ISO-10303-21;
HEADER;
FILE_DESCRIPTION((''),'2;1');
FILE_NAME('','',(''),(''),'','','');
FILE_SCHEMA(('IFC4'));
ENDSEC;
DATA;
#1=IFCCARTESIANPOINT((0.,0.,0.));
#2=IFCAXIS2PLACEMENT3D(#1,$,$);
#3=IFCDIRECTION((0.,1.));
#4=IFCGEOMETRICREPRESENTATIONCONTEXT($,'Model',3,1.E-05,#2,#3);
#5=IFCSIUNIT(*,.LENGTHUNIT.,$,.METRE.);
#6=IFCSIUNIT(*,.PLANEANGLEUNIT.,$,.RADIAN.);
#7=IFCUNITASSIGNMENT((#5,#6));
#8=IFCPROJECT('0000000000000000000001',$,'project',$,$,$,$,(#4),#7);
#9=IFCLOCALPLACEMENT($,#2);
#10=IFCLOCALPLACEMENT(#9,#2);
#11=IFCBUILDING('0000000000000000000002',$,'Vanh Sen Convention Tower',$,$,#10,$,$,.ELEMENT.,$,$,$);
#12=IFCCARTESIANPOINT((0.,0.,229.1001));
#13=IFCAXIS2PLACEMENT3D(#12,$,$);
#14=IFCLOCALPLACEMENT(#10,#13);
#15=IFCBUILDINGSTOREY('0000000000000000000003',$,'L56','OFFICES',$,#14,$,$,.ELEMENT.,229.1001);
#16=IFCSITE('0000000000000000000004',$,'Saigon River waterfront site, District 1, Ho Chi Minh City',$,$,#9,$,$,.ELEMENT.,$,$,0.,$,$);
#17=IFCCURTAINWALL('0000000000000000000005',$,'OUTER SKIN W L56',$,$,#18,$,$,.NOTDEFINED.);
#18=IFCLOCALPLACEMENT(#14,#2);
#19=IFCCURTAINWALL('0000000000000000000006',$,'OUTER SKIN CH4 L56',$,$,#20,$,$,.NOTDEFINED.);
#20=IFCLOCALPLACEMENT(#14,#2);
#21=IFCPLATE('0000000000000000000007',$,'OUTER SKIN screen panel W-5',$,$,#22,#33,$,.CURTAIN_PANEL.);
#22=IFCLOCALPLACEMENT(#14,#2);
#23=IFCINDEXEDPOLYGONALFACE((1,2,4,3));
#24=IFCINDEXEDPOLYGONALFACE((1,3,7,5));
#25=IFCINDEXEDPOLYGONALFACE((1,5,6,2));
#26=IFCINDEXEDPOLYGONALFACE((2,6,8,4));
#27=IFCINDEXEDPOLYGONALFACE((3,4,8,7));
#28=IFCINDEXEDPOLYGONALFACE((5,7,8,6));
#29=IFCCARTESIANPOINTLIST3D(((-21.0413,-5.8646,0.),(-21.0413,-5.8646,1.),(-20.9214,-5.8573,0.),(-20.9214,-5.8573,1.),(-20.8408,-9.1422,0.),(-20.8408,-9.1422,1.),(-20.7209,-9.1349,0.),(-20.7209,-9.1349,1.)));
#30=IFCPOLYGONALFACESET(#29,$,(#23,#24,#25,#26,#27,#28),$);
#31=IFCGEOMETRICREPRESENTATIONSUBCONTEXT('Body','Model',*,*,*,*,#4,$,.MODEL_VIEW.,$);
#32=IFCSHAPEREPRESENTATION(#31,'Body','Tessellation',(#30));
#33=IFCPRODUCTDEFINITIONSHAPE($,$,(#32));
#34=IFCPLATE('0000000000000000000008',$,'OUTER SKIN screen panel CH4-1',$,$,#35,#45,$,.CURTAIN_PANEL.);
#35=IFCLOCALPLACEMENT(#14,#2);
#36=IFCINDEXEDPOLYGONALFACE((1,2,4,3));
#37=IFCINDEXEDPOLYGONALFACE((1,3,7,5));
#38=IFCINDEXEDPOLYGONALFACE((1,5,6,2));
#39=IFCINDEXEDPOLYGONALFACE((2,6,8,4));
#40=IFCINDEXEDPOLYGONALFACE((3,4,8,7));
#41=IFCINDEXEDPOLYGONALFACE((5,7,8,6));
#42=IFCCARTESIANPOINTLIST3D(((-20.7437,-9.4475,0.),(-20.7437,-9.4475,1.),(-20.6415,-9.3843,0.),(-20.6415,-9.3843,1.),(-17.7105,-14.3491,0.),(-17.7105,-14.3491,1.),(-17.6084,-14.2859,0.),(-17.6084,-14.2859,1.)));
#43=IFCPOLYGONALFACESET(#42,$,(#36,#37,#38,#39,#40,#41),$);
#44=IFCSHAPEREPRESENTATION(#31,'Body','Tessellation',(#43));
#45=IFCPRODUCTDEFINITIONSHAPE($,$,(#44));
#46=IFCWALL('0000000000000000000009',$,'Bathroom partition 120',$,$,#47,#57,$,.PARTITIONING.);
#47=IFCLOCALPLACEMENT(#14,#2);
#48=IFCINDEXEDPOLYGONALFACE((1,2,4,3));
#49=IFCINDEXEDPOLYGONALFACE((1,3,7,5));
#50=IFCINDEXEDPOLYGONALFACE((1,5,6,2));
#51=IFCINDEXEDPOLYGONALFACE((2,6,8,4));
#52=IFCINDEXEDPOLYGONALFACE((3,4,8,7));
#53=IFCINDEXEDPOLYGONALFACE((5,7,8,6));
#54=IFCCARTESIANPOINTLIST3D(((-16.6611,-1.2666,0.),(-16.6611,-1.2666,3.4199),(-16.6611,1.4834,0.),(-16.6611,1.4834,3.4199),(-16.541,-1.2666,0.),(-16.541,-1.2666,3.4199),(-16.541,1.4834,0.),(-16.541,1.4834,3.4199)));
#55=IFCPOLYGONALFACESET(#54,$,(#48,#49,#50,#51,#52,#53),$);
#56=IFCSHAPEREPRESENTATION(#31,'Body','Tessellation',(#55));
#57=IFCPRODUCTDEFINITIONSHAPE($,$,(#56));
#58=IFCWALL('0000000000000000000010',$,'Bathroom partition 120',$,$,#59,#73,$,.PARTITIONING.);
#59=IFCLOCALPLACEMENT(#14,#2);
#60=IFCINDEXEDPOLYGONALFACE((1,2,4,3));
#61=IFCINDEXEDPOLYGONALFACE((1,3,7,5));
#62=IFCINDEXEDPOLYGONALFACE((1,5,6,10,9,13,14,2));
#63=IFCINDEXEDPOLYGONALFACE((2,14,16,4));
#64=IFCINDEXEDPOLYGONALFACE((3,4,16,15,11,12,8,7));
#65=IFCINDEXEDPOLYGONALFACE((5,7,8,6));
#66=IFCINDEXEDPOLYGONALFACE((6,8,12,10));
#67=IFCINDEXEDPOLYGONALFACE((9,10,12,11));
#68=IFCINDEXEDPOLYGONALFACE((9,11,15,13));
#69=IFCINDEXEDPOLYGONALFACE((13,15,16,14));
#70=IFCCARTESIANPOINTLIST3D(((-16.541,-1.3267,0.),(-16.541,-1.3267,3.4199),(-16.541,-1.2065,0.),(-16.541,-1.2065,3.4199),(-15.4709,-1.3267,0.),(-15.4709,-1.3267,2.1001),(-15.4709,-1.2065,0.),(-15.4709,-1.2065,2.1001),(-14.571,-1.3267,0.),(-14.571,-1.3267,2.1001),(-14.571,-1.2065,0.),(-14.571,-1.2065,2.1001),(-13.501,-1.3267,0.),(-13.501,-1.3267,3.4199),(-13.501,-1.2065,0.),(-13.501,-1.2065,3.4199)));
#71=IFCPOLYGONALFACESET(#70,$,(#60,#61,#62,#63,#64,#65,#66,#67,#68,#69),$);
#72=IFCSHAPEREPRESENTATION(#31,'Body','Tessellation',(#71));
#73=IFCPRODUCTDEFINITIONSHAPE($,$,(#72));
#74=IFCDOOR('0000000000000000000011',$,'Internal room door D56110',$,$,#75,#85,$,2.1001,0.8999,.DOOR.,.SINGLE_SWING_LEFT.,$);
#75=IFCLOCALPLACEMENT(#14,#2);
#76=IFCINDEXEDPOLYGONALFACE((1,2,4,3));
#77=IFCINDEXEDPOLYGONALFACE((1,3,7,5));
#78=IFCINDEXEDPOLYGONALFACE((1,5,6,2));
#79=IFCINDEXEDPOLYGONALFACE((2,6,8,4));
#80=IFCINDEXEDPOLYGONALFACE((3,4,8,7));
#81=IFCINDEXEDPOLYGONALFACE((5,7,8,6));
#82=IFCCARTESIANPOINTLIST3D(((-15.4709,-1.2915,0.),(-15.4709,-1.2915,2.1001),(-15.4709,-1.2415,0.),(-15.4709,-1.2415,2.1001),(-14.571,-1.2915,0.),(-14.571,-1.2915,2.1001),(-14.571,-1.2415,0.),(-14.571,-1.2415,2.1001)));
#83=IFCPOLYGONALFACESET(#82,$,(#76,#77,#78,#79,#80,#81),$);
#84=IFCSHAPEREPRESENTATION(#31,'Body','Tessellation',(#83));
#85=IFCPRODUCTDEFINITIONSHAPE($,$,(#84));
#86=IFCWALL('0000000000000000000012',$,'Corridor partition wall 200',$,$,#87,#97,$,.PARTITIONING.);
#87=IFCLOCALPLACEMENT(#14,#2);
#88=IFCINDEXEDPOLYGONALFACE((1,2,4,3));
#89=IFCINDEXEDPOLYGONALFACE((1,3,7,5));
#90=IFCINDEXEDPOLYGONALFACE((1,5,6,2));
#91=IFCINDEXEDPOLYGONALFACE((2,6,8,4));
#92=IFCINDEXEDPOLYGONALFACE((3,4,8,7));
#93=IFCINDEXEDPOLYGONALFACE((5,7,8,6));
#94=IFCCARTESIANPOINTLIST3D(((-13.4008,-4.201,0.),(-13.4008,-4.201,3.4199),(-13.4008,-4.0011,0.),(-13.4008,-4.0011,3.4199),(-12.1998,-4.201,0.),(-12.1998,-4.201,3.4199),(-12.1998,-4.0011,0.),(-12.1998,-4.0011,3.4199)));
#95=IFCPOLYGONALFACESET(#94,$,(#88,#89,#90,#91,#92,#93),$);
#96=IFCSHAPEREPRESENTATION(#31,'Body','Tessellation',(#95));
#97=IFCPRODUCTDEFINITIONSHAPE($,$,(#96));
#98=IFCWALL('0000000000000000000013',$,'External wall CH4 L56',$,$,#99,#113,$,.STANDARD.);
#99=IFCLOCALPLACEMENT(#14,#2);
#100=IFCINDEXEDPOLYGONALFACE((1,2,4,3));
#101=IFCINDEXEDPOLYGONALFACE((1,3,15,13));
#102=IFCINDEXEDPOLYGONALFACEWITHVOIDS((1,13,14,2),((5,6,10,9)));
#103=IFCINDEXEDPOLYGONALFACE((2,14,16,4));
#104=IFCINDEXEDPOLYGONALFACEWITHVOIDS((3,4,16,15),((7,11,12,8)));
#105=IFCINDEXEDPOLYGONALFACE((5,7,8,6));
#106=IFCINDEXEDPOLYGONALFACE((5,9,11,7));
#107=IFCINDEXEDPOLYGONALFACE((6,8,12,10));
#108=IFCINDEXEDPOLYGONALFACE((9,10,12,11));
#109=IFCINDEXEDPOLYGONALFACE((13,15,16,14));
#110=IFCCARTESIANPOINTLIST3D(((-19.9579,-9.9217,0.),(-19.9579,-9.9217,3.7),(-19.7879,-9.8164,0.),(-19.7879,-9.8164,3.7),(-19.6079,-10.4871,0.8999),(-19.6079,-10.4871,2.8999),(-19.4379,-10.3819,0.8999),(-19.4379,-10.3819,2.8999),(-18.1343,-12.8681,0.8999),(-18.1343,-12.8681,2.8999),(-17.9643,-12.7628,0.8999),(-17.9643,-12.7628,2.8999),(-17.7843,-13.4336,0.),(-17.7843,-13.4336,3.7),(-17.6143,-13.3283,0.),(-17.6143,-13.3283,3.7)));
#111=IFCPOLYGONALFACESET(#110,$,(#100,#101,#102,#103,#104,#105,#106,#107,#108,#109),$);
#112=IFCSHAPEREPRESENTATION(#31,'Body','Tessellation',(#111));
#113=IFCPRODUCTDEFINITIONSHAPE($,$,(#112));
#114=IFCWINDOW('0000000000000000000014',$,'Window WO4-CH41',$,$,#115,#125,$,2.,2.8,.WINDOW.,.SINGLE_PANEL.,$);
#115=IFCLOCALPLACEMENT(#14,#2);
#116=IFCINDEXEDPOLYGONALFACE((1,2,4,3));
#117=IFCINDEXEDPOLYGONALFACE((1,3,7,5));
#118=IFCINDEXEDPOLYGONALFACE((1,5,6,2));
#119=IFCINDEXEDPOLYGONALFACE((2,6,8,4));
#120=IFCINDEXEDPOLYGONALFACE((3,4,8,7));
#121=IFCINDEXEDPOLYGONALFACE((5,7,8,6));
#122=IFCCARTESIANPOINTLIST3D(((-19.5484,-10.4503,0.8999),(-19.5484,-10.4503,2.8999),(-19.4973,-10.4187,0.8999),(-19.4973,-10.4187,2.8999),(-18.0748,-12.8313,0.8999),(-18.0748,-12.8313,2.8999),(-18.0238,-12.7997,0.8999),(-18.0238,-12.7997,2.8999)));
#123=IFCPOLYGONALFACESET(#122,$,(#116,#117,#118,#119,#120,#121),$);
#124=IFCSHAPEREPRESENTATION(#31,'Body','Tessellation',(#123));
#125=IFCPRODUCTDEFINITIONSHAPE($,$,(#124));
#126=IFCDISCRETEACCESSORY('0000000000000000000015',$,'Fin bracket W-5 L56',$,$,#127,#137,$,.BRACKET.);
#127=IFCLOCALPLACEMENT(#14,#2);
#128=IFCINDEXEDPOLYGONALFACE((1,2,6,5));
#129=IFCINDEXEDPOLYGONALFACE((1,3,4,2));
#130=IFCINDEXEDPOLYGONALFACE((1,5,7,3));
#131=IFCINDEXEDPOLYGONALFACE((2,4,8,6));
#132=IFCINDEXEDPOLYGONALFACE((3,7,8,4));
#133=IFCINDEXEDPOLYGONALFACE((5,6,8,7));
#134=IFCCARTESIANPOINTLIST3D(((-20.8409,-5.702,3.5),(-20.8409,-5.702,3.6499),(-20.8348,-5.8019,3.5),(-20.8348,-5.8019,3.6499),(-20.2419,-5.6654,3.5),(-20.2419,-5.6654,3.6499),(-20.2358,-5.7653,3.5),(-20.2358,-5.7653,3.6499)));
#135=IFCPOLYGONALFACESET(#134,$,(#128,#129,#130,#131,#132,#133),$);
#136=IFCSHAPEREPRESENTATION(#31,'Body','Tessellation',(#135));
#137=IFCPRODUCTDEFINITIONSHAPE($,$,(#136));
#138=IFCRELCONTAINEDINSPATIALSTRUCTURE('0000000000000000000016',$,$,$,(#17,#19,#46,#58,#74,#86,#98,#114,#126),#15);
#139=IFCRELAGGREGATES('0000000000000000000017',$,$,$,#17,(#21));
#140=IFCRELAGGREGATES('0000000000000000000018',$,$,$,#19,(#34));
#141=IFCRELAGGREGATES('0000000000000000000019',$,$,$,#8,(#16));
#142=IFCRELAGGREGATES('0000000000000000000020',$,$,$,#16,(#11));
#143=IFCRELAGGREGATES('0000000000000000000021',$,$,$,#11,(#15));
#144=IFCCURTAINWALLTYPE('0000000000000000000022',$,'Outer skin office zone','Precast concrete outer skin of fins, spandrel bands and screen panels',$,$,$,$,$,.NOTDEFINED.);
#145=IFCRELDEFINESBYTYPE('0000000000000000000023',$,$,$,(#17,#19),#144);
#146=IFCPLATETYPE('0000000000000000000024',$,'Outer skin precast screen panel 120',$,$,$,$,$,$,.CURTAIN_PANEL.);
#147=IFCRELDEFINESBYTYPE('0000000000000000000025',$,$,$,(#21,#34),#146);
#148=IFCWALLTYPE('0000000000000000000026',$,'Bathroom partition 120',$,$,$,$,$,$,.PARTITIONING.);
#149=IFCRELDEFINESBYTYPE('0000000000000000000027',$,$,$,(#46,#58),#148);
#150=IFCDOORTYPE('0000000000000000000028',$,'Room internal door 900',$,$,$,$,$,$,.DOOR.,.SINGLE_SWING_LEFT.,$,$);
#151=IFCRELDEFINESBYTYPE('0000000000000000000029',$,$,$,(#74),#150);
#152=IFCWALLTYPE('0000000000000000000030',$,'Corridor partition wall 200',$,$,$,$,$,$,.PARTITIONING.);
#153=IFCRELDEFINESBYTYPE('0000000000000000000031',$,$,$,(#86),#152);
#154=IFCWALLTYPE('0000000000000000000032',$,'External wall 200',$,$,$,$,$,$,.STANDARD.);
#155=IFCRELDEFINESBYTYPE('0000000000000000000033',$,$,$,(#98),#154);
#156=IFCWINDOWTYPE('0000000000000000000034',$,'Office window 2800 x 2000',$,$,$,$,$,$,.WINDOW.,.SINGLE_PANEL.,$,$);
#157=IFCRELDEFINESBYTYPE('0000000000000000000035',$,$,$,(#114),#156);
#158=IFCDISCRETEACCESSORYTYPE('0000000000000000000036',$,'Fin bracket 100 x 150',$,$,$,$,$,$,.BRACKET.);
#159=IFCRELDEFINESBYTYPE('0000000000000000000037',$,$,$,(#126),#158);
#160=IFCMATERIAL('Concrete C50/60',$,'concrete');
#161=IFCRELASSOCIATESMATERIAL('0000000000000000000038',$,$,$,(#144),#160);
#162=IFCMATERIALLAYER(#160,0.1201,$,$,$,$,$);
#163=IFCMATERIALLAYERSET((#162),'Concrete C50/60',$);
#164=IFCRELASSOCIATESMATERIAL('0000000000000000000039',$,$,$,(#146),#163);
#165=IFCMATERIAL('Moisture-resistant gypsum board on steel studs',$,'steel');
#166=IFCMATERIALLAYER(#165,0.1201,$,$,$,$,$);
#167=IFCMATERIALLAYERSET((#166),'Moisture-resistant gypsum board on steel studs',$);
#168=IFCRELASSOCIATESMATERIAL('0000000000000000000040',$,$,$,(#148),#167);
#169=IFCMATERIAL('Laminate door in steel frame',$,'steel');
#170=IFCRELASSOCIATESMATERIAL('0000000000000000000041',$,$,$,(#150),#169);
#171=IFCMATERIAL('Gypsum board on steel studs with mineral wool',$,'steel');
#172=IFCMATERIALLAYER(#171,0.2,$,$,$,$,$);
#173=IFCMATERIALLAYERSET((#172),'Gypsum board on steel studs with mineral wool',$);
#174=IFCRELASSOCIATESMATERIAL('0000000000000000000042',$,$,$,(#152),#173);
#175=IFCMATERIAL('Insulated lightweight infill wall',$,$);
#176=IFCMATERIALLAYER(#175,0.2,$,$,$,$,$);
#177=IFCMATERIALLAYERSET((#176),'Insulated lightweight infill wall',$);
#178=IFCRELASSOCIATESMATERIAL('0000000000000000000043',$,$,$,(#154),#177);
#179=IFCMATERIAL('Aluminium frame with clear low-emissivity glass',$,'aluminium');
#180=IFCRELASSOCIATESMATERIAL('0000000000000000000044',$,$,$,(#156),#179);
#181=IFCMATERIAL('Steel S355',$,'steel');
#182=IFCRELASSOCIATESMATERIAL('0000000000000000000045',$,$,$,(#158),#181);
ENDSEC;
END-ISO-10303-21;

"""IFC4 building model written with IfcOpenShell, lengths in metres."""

from ifc_helpers import new_model, si_unit, direction, frame, frame_2d, origin, origin_2d, place, context, subcontext, project, spatial, rectangle, extrude, material, layer, layer_set, type_object, element, fill, aggregate, save


model = new_model("IFC4")

# Units and contexts
model_context = context("Model", 3, precision=1e-05, world=origin(), true_north=direction((0.0, 1.0)))
body_context = subcontext(model_context, "Body", "Model", "MODEL_VIEW")
ifc_project = project(units=[si_unit("LENGTHUNIT", "METRE"), si_unit("PLANEANGLEUNIT", "RADIAN")], contexts=[model_context])

# Site, building, storey
site_placement = place(None, origin())
site = spatial("IfcSite", under=ifc_project, at=site_placement, Name="Saigon River waterfront site, District 1, Ho Chi Minh City", CompositionType="ELEMENT", RefElevation=0.0)
building_placement = place(site_placement, origin())
building = spatial("IfcBuilding", under=site, at=building_placement, Name="Vanh Sen Convention Tower", CompositionType="ELEMENT")
storey_placement = place(building_placement, frame((0.0, 0.0, 229.1001)))
storey = spatial("IfcBuildingStorey", under=building, at=storey_placement, Name="L56", Description="OFFICES", CompositionType="ELEMENT", Elevation=229.1001)

# Curtain wall
ifc_material_1 = material(Name="Concrete C50/60", Category="concrete")
curtain_wall_type = type_object("IfcCurtainWallType", Name="Outer skin office zone", Description="Precast concrete outer skin of fins, spandrel bands and screen panels", PredefinedType="NOTDEFINED", material=ifc_material_1)
curtain_wall_1_placement = place(storey_placement, origin())
curtain_wall_1 = element("IfcCurtainWall", 1, at=curtain_wall_1_placement, inside=storey, type_object=curtain_wall_type, Name="OUTER SKIN W L56", PredefinedType="NOTDEFINED")

# Curtain wall
curtain_wall_2_placement = place(storey_placement, origin())
curtain_wall_2 = element("IfcCurtainWall", 2, at=curtain_wall_2_placement, inside=storey, type_object=curtain_wall_type, Name="OUTER SKIN CH4 L56", PredefinedType="NOTDEFINED")

# Plates
ifc_layer_1 = layer(ifc_material_1, 0.1201)
ifc_layer_set_1 = layer_set([ifc_layer_1], Name="Concrete C50/60")
plate_type = type_object("IfcPlateType", Name="Outer skin precast screen panel 120", PredefinedType="CURTAIN_PANEL", material=ifc_layer_set_1)
plate_1_placement = place(storey_placement, frame((-20.8811, -7.4998, 0.0), z_axis=(0.0, 0.0, 1.0), x_axis=(0.061069, -0.998134, 0.0)))
plate_1 = element("IfcPlate", 3, at=plate_1_placement, type_object=plate_type, Name="OUTER SKIN screen panel W-5", PredefinedType="CURTAIN_PANEL", context=body_context, shape_type="SweptSolid", body=[
    extrude(rectangle(XDim=3.2837, YDim=0.1201, at=origin_2d()), origin(), (0.0, 0.0, 1.0), 1.0),
])
aggregate(curtain_wall_1, [plate_1])
plate_2_placement = place(storey_placement, frame((-19.176, -11.8667, 0.0), z_axis=(0.0, 0.0, 1.0), x_axis=(0.526215, -0.850351, 0.0)))
plate_2 = element("IfcPlate", 4, at=plate_2_placement, type_object=plate_type, Name="OUTER SKIN screen panel CH4-1", PredefinedType="CURTAIN_PANEL", context=body_context, shape_type="SweptSolid", body=[
    extrude(rectangle(XDim=5.7642, YDim=0.1201, at=origin_2d()), origin(), (0.0, 0.0, 1.0), 1.0),
])
aggregate(curtain_wall_2, [plate_2])

# Wall
ifc_material_2 = material(Name="Moisture-resistant gypsum board on steel studs", Category="steel")
ifc_layer_2 = layer(ifc_material_2, 0.1201)
ifc_layer_set_2 = layer_set([ifc_layer_2], Name="Moisture-resistant gypsum board on steel studs")
wall_type_1 = type_object("IfcWallType", Name="Bathroom partition 120", PredefinedType="PARTITIONING", material=ifc_layer_set_2)
wall_1_placement = place(storey_placement, frame((-16.6011, -1.2666, 0.0), z_axis=(0.0, 0.0, 1.0), x_axis=(0.0, 1.0, 0.0)))
element("IfcWall", 5, at=wall_1_placement, inside=storey, type_object=wall_type_1, Name="Bathroom partition 120", PredefinedType="PARTITIONING", context=body_context, shape_type="SweptSolid", body=[
    extrude(rectangle(XDim=2.75, YDim=0.1201, at=frame_2d((1.375, 0.0))), origin(), (0.0, 0.0, 1.0), 3.4199),
])

# Wall, opening, door
wall_2_placement = place(storey_placement, frame((-13.501, -1.2666, 0.0), z_axis=(0.0, 0.0, 1.0), x_axis=(-1.0, 0.0, 0.0)))
wall_2 = element("IfcWall", 6, at=wall_2_placement, inside=storey, type_object=wall_type_1, Name="Bathroom partition 120", PredefinedType="PARTITIONING", context=body_context, shape_type="SweptSolid", body=[
    extrude(rectangle(XDim=3.04, YDim=0.1201, at=frame_2d((1.52, 0.0))), origin(), (0.0, 0.0, 1.0), 3.4199),
])
opening_1_placement = place(wall_2_placement, frame((1.0701, 0.0, 0.0)))
opening_1 = element("IfcOpeningElement", 7, at=opening_1_placement, cuts=wall_2, PredefinedType="OPENING", context=body_context, shape_type="SweptSolid", body=[
    extrude(rectangle(XDim=0.8999, YDim=2.1001, at=frame_2d((0.45, 1.05))), frame((0.0, 0.0701, 0.0), z_axis=(0.0, -1.0, 0.0), x_axis=(1.0, 0.0, 0.0)), (0.0, 0.0, 1.0), 0.1401),
])
ifc_material_3 = material(Name="Laminate door in steel frame", Category="steel")
door_type = type_object("IfcDoorType", Name="Room internal door 900", OperationType="SINGLE_SWING_LEFT", PredefinedType="DOOR", material=ifc_material_3)
door_placement = place(opening_1_placement, origin())
door = element("IfcDoor", 8, at=door_placement, inside=storey, type_object=door_type, Name="Internal room door D56110", OperationType="SINGLE_SWING_LEFT", OverallHeight=2.1001, OverallWidth=0.8999, PredefinedType="DOOR", context=body_context, shape_type="SweptSolid", body=[
    extrude(rectangle(XDim=0.8999, YDim=2.1001, at=frame_2d((0.45, 1.05))), frame((0.0, 0.0249, 0.0), z_axis=(0.0, -1.0, 0.0), x_axis=(1.0, 0.0, 0.0)), (0.0, 0.0, 1.0), 0.05),
])
fill(opening_1, door)

# Wall
ifc_material_4 = material(Name="Gypsum board on steel studs with mineral wool", Category="steel")
ifc_layer_3 = layer(ifc_material_4, 0.2)
ifc_layer_set_3 = layer_set([ifc_layer_3], Name="Gypsum board on steel studs with mineral wool")
wall_type_2 = type_object("IfcWallType", Name="Corridor partition wall 200", PredefinedType="PARTITIONING", material=ifc_layer_set_3)
wall_3_placement = place(storey_placement, frame((-13.4009, -4.1011, 0.0), z_axis=(0.0, 0.0, 1.0), x_axis=(1.0, 0.0, 0.0)))
element("IfcWall", 9, at=wall_3_placement, inside=storey, type_object=wall_type_2, Name="Corridor partition wall 200", PredefinedType="PARTITIONING", context=body_context, shape_type="SweptSolid", body=[
    extrude(rectangle(XDim=1.2009, YDim=0.2, at=frame_2d((0.6006, 0.0))), origin(), (0.0, 0.0, 1.0), 3.4199),
])

# Wall, opening, window
ifc_material_5 = material(Name="Insulated lightweight infill wall")
ifc_layer_4 = layer(ifc_material_5, 0.2)
ifc_layer_set_4 = layer_set([ifc_layer_4], Name="Insulated lightweight infill wall")
wall_type_3 = type_object("IfcWallType", Name="External wall 200", PredefinedType="STANDARD", material=ifc_layer_set_4)
wall_4_placement = place(storey_placement, frame((-19.8728, -9.8691, 0.0), z_axis=(0.0, 0.0, 1.0), x_axis=(0.526269, -0.850318, 0.0)))
wall_4 = element("IfcWall", 10, at=wall_4_placement, inside=storey, type_object=wall_type_3, Name="External wall CH4 L56", PredefinedType="STANDARD", context=body_context, shape_type="SweptSolid", body=[
    extrude(rectangle(XDim=4.1301, YDim=0.2, at=frame_2d((2.0649, 0.0))), origin(), (0.0, 0.0, 1.0), 3.7),
])
opening_2_placement = place(wall_4_placement, frame((0.665, 0.0, 0.8999)))
opening_2 = element("IfcOpeningElement", 11, at=opening_2_placement, cuts=wall_4, PredefinedType="OPENING", context=body_context, shape_type="SweptSolid", body=[
    extrude(rectangle(XDim=2.8, YDim=2.0, at=frame_2d((1.3999, 1.0))), frame((0.0, 0.1099, 0.0), z_axis=(0.0, -1.0, 0.0), x_axis=(1.0, 0.0, 0.0)), (0.0, 0.0, 1.0), 0.22),
])
ifc_material_6 = material(Name="Aluminium frame with clear low-emissivity glass", Category="aluminium")
window_type = type_object("IfcWindowType", Name="Office window 2800 x 2000", PartitioningType="SINGLE_PANEL", PredefinedType="WINDOW", material=ifc_material_6)
window_placement = place(opening_2_placement, origin())
window = element("IfcWindow", 12, at=window_placement, inside=storey, type_object=window_type, Name="Window WO4-CH41", OverallHeight=2.0, OverallWidth=2.8, PartitioningType="SINGLE_PANEL", PredefinedType="WINDOW", context=body_context, shape_type="SweptSolid", body=[
    extrude(rectangle(XDim=2.8, YDim=2.0, at=frame_2d((1.3999, 1.0))), frame((0.0, 0.03, 0.0), z_axis=(0.0, -1.0, 0.0), x_axis=(1.0, 0.0, 0.0)), (0.0, 0.0, 1.0), 0.0601),
])
fill(opening_2, window)

# Discrete accessory
ifc_material_7 = material(Name="Steel S355", Category="steel")
discrete_accessory_type = type_object("IfcDiscreteAccessoryType", Name="Fin bracket 100 x 150", PredefinedType="BRACKET", material=ifc_material_7)
discrete_accessory_placement = place(storey_placement, frame((-20.5383, -5.7336, 3.5), z_axis=(0.0, 0.0, 1.0), x_axis=(-0.998135, -0.061049, 0.0)))
element("IfcDiscreteAccessory", 13, at=discrete_accessory_placement, inside=storey, type_object=discrete_accessory_type, Name="Fin bracket W-5 L56", PredefinedType="BRACKET", context=body_context, shape_type="SweptSolid", body=[
    extrude(rectangle(XDim=0.6001, YDim=0.1001, at=origin_2d()), origin(), (0.0, 0.0, 1.0), 0.1499),
])

save(model, "model.ifc")
